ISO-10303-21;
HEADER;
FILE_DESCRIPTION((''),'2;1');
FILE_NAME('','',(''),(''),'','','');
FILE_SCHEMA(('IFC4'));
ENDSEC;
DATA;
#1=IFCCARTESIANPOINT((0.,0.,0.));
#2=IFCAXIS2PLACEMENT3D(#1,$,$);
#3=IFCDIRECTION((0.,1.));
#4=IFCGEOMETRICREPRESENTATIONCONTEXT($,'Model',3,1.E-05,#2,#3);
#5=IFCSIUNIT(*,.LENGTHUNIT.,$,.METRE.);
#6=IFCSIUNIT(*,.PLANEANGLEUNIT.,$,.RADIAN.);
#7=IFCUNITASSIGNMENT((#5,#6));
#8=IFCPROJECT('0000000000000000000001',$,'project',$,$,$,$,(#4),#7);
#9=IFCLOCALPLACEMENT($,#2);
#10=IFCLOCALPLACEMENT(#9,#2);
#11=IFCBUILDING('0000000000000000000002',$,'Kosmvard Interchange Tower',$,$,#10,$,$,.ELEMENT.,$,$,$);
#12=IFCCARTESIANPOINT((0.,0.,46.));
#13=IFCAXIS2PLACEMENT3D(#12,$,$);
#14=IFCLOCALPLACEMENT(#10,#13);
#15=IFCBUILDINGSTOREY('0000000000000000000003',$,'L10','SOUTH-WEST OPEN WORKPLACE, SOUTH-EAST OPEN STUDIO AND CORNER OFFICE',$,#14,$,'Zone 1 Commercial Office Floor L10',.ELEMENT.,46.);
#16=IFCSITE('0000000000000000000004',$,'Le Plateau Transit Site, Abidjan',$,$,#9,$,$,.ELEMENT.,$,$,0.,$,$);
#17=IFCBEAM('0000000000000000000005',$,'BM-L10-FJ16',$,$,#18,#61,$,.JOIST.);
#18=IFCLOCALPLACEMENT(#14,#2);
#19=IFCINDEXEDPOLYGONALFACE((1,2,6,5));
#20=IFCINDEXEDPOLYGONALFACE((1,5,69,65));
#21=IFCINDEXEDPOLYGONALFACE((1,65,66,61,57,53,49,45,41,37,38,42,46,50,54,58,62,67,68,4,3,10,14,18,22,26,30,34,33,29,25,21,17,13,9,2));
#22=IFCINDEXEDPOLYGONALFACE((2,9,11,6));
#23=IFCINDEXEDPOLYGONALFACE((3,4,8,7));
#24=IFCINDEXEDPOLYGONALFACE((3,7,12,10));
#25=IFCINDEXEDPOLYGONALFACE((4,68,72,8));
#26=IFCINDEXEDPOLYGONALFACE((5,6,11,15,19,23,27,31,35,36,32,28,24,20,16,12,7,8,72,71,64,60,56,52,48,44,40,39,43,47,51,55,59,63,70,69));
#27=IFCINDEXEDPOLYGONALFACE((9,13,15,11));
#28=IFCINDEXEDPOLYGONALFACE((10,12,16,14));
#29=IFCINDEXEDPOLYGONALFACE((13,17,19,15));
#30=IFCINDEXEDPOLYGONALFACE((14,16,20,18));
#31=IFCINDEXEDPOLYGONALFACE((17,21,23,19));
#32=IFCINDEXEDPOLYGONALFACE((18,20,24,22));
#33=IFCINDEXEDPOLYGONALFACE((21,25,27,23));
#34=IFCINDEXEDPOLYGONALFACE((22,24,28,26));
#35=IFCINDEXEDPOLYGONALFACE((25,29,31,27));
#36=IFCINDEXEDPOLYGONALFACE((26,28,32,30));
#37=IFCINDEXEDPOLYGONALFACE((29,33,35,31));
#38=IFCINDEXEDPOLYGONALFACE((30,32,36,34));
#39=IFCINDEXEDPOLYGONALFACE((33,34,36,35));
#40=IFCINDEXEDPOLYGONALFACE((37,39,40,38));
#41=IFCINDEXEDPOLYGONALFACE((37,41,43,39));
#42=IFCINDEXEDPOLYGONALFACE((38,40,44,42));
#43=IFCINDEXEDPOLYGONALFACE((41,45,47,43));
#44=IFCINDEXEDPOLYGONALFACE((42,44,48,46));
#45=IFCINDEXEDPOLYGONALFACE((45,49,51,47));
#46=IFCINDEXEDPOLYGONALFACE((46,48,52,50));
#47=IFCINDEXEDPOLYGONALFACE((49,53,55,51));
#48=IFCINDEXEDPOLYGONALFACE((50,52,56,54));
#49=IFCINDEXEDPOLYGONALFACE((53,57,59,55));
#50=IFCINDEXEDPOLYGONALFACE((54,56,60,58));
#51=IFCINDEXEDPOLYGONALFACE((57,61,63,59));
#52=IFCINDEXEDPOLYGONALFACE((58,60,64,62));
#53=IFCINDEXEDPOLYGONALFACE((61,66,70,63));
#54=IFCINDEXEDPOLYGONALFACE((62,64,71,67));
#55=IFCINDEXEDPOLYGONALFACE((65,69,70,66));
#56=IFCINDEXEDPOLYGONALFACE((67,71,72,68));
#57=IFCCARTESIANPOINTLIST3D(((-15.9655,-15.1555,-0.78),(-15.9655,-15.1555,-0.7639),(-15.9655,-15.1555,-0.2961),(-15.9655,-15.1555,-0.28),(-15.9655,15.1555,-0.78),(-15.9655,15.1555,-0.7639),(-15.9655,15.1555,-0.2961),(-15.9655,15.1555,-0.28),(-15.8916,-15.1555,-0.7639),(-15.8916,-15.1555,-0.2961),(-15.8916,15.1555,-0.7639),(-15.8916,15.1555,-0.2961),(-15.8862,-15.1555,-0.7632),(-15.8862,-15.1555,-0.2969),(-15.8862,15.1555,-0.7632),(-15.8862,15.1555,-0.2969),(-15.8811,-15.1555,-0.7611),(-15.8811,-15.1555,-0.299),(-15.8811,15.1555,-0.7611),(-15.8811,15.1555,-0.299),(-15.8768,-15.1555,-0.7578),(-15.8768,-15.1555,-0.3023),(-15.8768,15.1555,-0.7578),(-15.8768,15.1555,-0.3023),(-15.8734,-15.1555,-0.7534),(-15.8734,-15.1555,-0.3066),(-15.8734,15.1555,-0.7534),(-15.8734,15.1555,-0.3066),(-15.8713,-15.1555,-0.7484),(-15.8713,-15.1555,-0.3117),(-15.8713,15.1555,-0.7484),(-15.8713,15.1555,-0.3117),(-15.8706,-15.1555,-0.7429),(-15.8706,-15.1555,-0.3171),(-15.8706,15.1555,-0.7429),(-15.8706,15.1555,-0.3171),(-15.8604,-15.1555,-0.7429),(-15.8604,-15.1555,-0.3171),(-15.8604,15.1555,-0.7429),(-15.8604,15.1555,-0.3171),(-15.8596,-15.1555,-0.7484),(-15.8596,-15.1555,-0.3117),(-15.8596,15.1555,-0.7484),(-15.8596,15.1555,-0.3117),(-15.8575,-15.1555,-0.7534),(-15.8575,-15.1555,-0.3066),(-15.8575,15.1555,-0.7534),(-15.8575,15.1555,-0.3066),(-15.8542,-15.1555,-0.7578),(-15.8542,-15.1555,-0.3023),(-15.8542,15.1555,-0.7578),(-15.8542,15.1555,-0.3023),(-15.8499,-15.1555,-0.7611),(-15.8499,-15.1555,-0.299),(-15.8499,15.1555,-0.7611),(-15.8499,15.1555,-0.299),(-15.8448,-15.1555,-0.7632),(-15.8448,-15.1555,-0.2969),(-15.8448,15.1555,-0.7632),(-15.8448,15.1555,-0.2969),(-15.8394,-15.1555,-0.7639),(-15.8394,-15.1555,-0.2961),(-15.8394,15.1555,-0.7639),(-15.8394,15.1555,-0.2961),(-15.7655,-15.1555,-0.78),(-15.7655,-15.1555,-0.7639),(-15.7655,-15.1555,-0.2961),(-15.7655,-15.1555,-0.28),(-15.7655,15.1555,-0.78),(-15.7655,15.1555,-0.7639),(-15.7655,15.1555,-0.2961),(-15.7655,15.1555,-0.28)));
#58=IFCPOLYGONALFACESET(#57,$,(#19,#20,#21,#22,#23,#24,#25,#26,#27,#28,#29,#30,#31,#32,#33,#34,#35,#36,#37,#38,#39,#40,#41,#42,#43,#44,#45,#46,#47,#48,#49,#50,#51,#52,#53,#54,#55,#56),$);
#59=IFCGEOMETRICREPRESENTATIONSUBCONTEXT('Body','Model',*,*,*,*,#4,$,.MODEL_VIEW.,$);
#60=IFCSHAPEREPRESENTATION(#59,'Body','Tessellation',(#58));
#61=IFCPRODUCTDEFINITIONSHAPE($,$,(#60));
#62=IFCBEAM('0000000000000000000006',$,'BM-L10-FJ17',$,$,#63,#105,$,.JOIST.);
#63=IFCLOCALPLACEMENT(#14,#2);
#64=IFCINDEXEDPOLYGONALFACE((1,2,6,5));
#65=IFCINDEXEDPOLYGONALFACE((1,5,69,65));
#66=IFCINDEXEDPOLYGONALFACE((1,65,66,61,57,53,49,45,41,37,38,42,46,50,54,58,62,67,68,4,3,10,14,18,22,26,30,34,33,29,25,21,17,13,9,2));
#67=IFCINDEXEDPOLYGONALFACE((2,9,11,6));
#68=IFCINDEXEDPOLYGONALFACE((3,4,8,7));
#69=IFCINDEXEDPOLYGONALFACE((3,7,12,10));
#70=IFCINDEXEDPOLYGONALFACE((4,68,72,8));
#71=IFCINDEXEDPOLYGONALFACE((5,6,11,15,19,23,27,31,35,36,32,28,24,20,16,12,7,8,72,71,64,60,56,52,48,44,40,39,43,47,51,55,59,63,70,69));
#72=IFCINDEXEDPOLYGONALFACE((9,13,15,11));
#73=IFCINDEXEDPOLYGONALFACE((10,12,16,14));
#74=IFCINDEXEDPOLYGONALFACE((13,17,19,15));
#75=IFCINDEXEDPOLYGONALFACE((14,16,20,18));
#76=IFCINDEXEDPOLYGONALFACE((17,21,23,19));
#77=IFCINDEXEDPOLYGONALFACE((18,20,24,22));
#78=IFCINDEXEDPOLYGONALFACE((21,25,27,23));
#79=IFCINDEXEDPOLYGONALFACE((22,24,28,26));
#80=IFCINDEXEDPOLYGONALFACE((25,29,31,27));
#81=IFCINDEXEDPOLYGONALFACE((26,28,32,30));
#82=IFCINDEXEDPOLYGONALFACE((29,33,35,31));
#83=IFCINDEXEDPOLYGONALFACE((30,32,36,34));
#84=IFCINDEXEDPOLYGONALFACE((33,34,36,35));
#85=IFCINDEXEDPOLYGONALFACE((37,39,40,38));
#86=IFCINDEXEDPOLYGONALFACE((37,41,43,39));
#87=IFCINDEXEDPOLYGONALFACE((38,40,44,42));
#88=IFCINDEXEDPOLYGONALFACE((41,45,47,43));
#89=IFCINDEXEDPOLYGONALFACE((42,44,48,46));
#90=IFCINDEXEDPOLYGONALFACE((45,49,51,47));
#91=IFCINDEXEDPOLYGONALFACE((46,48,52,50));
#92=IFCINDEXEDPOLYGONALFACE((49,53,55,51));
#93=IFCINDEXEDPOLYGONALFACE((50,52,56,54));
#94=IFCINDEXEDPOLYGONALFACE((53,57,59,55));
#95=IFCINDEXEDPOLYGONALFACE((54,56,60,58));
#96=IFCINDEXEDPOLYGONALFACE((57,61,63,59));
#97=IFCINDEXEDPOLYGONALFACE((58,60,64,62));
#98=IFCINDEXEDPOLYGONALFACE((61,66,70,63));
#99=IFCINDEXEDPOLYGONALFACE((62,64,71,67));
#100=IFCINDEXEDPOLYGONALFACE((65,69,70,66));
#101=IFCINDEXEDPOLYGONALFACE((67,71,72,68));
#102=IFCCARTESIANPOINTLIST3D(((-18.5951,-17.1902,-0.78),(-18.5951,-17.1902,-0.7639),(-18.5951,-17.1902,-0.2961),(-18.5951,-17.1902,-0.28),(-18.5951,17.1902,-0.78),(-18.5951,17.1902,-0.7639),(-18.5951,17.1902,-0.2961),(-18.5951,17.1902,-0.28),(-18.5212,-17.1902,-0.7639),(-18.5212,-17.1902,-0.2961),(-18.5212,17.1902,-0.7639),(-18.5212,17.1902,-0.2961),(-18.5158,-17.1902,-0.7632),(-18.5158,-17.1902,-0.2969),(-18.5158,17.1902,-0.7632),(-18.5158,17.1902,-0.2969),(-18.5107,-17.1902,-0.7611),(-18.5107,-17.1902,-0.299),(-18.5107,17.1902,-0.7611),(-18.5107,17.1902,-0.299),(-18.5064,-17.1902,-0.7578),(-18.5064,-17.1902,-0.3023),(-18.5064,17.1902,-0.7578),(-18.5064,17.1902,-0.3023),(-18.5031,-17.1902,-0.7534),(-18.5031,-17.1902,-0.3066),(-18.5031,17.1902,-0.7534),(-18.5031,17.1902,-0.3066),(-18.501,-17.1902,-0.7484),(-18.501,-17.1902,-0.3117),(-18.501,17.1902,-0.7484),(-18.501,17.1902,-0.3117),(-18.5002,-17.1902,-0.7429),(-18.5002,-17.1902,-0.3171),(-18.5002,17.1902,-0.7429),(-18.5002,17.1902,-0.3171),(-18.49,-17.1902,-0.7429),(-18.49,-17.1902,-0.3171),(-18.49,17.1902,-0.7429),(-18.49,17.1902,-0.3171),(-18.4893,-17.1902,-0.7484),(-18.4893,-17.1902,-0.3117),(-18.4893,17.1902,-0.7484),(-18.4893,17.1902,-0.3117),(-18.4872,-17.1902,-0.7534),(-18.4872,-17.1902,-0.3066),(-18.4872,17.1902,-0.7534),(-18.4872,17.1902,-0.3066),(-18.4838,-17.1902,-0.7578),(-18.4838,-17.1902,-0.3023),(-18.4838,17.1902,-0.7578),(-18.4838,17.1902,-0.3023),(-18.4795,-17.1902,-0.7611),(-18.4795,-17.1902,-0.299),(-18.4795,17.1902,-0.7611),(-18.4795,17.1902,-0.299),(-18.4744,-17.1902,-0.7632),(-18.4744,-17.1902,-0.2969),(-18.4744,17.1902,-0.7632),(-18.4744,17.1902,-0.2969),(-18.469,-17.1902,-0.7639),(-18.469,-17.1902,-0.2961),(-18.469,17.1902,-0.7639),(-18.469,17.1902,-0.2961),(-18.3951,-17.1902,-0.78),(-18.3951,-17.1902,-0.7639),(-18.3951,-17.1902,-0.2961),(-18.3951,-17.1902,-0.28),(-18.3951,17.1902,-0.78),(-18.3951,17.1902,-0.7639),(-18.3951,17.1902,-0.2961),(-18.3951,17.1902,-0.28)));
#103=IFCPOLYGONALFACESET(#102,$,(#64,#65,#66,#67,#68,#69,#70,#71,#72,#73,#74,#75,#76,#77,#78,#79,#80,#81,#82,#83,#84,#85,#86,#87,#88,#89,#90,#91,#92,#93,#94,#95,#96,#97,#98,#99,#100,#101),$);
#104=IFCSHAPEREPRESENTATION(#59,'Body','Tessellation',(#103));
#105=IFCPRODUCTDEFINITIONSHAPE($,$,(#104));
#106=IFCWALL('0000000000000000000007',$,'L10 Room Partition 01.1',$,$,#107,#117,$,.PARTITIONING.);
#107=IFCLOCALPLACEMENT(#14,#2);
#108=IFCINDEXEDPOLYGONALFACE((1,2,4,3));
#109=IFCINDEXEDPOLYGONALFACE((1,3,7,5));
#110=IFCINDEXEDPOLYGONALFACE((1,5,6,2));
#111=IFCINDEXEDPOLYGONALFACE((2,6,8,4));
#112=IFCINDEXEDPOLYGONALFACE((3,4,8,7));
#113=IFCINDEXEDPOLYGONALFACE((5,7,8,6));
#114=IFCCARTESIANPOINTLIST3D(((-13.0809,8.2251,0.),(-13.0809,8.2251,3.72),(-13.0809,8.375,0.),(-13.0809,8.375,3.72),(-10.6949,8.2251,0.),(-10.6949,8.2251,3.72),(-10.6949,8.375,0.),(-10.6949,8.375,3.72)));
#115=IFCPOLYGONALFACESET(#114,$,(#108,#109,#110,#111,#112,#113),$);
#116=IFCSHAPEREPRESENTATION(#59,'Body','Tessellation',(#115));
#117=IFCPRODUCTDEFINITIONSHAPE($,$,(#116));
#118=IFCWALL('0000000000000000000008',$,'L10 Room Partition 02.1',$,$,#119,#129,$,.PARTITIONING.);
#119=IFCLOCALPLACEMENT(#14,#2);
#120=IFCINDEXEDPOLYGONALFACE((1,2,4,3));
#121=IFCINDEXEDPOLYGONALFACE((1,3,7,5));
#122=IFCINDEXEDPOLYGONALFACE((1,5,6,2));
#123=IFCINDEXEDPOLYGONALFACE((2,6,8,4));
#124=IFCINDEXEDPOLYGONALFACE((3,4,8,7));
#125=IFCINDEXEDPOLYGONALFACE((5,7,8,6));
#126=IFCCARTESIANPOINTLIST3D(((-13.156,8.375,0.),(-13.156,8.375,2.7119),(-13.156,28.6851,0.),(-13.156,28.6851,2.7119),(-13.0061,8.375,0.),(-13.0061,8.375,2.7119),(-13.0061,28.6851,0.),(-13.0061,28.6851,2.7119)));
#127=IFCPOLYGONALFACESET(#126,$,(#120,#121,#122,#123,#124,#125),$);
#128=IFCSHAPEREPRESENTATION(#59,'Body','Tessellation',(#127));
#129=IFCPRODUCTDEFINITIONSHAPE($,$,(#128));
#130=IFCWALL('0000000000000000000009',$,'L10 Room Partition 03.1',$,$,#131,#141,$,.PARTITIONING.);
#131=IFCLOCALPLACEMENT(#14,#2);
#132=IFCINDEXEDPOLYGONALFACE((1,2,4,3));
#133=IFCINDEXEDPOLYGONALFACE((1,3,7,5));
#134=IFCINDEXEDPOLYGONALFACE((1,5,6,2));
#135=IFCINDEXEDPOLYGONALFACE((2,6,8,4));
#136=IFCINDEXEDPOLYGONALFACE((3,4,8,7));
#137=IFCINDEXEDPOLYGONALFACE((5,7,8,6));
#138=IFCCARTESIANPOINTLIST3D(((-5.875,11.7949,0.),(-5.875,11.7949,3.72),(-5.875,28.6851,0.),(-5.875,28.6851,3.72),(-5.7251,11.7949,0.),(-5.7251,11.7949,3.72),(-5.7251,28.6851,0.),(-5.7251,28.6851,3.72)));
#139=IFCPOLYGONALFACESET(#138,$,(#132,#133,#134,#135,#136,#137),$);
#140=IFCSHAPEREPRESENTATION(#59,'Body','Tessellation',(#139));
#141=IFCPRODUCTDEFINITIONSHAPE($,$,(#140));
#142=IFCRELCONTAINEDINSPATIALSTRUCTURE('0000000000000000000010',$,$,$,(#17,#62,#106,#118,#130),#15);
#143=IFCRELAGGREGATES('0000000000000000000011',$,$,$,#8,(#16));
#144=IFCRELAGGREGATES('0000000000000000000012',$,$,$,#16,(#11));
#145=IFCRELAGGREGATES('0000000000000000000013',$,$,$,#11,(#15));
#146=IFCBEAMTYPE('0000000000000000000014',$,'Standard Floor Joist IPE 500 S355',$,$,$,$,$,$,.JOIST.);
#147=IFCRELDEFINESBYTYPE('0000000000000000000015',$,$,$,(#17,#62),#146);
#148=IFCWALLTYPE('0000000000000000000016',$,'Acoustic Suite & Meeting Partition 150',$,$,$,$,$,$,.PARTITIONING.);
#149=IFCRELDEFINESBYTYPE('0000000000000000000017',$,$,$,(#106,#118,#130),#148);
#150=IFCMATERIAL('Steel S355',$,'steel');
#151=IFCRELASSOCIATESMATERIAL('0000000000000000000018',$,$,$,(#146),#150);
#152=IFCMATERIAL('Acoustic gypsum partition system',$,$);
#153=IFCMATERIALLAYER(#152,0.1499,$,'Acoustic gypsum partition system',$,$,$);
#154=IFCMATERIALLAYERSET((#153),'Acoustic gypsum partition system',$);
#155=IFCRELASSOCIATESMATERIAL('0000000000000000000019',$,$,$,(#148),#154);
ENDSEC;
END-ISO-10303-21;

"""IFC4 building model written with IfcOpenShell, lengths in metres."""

from ifc_helpers import new_model, si_unit, direction, frame, frame_2d, origin, origin_2d, place, context, subcontext, project, spatial, rectangle, i_section, extrude, source, transform, mapped, material, layer, layer_set, material_profile, profile_set, type_object, element, save


model = new_model("IFC4")

# Units and contexts
model_context = context("Model", 3, precision=1e-05, world=origin(), true_north=direction((0.0, 1.0)))
body_context = subcontext(model_context, "Body", "Model", "MODEL_VIEW")
ifc_project = project(units=[si_unit("LENGTHUNIT", "METRE"), si_unit("PLANEANGLEUNIT", "RADIAN")], contexts=[model_context])

# Site, building, storey
site_placement = place(None, origin())
site = spatial("IfcSite", under=ifc_project, at=site_placement, Name="Le Plateau Transit Site, Abidjan", CompositionType="ELEMENT", RefElevation=0.0)
building_placement = place(site_placement, origin())
building = spatial("IfcBuilding", under=site, at=building_placement, Name="Kosmvard Interchange Tower", CompositionType="ELEMENT")
storey_placement = place(building_placement, frame((0.0, 0.0, 46.0)))
storey = spatial("IfcBuildingStorey", under=building, at=storey_placement, Name="L10", Description="SOUTH-WEST OPEN WORKPLACE, SOUTH-EAST OPEN STUDIO AND CORNER OFFICE", LongName="Zone 1 Commercial Office Floor L10", CompositionType="ELEMENT", Elevation=46.0)

# Beams
ifc_material_1 = material(Name="Steel S355", Category="steel")
ifc_material_profile_1 = material_profile(ifc_material_1, i_section(OverallWidth=0.2, OverallDepth=0.5, WebThickness=0.0103, FlangeThickness=0.0161, FilletRadius=0.021, at=origin_2d()), Name="IPE 500")
ifc_profile_set_1 = profile_set([ifc_material_profile_1], Name="Steel S355")
beam_type_1 = type_object("IfcBeamType", Name="Standard Floor Joist IPE 500 S355", PredefinedType="JOIST", material=ifc_profile_set_1)
shared_shape_1 = source(origin(), body_context, "Body", "SweptSolid", [
    extrude(i_section(OverallWidth=0.2, OverallDepth=0.5, WebThickness=0.0103, FlangeThickness=0.0161, FilletRadius=0.021, at=origin_2d()), origin(), (0.0, 0.0, 1.0), 30.311),
])
beam_1_placement = place(storey_placement, frame((-15.8655, 15.1555, -0.53), z_axis=(0.0, -1.0, 0.0), x_axis=(1.0, 0.0, 0.0)))
element("IfcBeam", 1, at=beam_1_placement, inside=storey, type_object=beam_type_1, Name="BM-L10-FJ16", PredefinedType="JOIST", context=body_context, shape_type="MappedRepresentation", body=[
    mapped(shared_shape_1, transform((0.0, 0.0, 0.0), scale=1.0)),
])
shared_shape_2 = source(origin(), body_context, "Body", "SweptSolid", [
    extrude(i_section(OverallWidth=0.2, OverallDepth=0.5, WebThickness=0.0103, FlangeThickness=0.0161, FilletRadius=0.021, at=origin_2d()), origin(), (0.0, 0.0, 1.0), 34.3804),
])
beam_2_placement = place(storey_placement, frame((-18.4951, 17.1902, -0.53), z_axis=(0.0, -1.0, 0.0), x_axis=(1.0, 0.0, 0.0)))
element("IfcBeam", 2, at=beam_2_placement, inside=storey, type_object=beam_type_1, Name="BM-L10-FJ17", PredefinedType="JOIST", context=body_context, shape_type="MappedRepresentation", body=[
    mapped(shared_shape_2, transform((0.0, 0.0, 0.0), scale=1.0)),
])

# Walls
ifc_material_2 = material(Name="Acoustic gypsum partition system")
ifc_layer_1 = layer(ifc_material_2, 0.1499, Name="Acoustic gypsum partition system")
ifc_layer_set_1 = layer_set([ifc_layer_1], Name="Acoustic gypsum partition system")
wall_type_1 = type_object("IfcWallType", Name="Acoustic Suite & Meeting Partition 150", PredefinedType="PARTITIONING", material=ifc_layer_set_1)
wall_1_placement = place(storey_placement, frame((-10.6951, 8.3, 0.0), z_axis=(0.0, 0.0, 1.0), x_axis=(-1.0, 0.0, 0.0)))
element("IfcWall", 3, at=wall_1_placement, inside=storey, type_object=wall_type_1, Name="L10 Room Partition 01.1", PredefinedType="PARTITIONING", context=body_context, shape_type="SweptSolid", body=[
    extrude(rectangle(XDim=2.386, YDim=0.1499, at=frame_2d((1.1929, 0.0))), origin(), (0.0, 0.0, 1.0), 3.72),
])
wall_2_placement = place(storey_placement, frame((-13.0811, 8.375, 0.0), z_axis=(0.0, 0.0, 1.0), x_axis=(0.0, 1.0, 0.0)))
element("IfcWall", 4, at=wall_2_placement, inside=storey, type_object=wall_type_1, Name="L10 Room Partition 02.1", PredefinedType="PARTITIONING", context=body_context, shape_type="SweptSolid", body=[
    extrude(rectangle(XDim=20.3101, YDim=0.1499, at=frame_2d((10.155, 0.0))), origin(), (0.0, 0.0, 1.0), 2.7119),
])
wall_3_placement = place(storey_placement, frame((-5.8, 11.7949, 0.0), z_axis=(0.0, 0.0, 1.0), x_axis=(0.0, 1.0, 0.0)))
element("IfcWall", 5, at=wall_3_placement, inside=storey, type_object=wall_type_1, Name="L10 Room Partition 03.1", PredefinedType="PARTITIONING", context=body_context, shape_type="SweptSolid", body=[
    extrude(rectangle(XDim=16.8901, YDim=0.1499, at=frame_2d((8.4451, 0.0))), origin(), (0.0, 0.0, 1.0), 3.72),
])

save(model, "model.ifc")
